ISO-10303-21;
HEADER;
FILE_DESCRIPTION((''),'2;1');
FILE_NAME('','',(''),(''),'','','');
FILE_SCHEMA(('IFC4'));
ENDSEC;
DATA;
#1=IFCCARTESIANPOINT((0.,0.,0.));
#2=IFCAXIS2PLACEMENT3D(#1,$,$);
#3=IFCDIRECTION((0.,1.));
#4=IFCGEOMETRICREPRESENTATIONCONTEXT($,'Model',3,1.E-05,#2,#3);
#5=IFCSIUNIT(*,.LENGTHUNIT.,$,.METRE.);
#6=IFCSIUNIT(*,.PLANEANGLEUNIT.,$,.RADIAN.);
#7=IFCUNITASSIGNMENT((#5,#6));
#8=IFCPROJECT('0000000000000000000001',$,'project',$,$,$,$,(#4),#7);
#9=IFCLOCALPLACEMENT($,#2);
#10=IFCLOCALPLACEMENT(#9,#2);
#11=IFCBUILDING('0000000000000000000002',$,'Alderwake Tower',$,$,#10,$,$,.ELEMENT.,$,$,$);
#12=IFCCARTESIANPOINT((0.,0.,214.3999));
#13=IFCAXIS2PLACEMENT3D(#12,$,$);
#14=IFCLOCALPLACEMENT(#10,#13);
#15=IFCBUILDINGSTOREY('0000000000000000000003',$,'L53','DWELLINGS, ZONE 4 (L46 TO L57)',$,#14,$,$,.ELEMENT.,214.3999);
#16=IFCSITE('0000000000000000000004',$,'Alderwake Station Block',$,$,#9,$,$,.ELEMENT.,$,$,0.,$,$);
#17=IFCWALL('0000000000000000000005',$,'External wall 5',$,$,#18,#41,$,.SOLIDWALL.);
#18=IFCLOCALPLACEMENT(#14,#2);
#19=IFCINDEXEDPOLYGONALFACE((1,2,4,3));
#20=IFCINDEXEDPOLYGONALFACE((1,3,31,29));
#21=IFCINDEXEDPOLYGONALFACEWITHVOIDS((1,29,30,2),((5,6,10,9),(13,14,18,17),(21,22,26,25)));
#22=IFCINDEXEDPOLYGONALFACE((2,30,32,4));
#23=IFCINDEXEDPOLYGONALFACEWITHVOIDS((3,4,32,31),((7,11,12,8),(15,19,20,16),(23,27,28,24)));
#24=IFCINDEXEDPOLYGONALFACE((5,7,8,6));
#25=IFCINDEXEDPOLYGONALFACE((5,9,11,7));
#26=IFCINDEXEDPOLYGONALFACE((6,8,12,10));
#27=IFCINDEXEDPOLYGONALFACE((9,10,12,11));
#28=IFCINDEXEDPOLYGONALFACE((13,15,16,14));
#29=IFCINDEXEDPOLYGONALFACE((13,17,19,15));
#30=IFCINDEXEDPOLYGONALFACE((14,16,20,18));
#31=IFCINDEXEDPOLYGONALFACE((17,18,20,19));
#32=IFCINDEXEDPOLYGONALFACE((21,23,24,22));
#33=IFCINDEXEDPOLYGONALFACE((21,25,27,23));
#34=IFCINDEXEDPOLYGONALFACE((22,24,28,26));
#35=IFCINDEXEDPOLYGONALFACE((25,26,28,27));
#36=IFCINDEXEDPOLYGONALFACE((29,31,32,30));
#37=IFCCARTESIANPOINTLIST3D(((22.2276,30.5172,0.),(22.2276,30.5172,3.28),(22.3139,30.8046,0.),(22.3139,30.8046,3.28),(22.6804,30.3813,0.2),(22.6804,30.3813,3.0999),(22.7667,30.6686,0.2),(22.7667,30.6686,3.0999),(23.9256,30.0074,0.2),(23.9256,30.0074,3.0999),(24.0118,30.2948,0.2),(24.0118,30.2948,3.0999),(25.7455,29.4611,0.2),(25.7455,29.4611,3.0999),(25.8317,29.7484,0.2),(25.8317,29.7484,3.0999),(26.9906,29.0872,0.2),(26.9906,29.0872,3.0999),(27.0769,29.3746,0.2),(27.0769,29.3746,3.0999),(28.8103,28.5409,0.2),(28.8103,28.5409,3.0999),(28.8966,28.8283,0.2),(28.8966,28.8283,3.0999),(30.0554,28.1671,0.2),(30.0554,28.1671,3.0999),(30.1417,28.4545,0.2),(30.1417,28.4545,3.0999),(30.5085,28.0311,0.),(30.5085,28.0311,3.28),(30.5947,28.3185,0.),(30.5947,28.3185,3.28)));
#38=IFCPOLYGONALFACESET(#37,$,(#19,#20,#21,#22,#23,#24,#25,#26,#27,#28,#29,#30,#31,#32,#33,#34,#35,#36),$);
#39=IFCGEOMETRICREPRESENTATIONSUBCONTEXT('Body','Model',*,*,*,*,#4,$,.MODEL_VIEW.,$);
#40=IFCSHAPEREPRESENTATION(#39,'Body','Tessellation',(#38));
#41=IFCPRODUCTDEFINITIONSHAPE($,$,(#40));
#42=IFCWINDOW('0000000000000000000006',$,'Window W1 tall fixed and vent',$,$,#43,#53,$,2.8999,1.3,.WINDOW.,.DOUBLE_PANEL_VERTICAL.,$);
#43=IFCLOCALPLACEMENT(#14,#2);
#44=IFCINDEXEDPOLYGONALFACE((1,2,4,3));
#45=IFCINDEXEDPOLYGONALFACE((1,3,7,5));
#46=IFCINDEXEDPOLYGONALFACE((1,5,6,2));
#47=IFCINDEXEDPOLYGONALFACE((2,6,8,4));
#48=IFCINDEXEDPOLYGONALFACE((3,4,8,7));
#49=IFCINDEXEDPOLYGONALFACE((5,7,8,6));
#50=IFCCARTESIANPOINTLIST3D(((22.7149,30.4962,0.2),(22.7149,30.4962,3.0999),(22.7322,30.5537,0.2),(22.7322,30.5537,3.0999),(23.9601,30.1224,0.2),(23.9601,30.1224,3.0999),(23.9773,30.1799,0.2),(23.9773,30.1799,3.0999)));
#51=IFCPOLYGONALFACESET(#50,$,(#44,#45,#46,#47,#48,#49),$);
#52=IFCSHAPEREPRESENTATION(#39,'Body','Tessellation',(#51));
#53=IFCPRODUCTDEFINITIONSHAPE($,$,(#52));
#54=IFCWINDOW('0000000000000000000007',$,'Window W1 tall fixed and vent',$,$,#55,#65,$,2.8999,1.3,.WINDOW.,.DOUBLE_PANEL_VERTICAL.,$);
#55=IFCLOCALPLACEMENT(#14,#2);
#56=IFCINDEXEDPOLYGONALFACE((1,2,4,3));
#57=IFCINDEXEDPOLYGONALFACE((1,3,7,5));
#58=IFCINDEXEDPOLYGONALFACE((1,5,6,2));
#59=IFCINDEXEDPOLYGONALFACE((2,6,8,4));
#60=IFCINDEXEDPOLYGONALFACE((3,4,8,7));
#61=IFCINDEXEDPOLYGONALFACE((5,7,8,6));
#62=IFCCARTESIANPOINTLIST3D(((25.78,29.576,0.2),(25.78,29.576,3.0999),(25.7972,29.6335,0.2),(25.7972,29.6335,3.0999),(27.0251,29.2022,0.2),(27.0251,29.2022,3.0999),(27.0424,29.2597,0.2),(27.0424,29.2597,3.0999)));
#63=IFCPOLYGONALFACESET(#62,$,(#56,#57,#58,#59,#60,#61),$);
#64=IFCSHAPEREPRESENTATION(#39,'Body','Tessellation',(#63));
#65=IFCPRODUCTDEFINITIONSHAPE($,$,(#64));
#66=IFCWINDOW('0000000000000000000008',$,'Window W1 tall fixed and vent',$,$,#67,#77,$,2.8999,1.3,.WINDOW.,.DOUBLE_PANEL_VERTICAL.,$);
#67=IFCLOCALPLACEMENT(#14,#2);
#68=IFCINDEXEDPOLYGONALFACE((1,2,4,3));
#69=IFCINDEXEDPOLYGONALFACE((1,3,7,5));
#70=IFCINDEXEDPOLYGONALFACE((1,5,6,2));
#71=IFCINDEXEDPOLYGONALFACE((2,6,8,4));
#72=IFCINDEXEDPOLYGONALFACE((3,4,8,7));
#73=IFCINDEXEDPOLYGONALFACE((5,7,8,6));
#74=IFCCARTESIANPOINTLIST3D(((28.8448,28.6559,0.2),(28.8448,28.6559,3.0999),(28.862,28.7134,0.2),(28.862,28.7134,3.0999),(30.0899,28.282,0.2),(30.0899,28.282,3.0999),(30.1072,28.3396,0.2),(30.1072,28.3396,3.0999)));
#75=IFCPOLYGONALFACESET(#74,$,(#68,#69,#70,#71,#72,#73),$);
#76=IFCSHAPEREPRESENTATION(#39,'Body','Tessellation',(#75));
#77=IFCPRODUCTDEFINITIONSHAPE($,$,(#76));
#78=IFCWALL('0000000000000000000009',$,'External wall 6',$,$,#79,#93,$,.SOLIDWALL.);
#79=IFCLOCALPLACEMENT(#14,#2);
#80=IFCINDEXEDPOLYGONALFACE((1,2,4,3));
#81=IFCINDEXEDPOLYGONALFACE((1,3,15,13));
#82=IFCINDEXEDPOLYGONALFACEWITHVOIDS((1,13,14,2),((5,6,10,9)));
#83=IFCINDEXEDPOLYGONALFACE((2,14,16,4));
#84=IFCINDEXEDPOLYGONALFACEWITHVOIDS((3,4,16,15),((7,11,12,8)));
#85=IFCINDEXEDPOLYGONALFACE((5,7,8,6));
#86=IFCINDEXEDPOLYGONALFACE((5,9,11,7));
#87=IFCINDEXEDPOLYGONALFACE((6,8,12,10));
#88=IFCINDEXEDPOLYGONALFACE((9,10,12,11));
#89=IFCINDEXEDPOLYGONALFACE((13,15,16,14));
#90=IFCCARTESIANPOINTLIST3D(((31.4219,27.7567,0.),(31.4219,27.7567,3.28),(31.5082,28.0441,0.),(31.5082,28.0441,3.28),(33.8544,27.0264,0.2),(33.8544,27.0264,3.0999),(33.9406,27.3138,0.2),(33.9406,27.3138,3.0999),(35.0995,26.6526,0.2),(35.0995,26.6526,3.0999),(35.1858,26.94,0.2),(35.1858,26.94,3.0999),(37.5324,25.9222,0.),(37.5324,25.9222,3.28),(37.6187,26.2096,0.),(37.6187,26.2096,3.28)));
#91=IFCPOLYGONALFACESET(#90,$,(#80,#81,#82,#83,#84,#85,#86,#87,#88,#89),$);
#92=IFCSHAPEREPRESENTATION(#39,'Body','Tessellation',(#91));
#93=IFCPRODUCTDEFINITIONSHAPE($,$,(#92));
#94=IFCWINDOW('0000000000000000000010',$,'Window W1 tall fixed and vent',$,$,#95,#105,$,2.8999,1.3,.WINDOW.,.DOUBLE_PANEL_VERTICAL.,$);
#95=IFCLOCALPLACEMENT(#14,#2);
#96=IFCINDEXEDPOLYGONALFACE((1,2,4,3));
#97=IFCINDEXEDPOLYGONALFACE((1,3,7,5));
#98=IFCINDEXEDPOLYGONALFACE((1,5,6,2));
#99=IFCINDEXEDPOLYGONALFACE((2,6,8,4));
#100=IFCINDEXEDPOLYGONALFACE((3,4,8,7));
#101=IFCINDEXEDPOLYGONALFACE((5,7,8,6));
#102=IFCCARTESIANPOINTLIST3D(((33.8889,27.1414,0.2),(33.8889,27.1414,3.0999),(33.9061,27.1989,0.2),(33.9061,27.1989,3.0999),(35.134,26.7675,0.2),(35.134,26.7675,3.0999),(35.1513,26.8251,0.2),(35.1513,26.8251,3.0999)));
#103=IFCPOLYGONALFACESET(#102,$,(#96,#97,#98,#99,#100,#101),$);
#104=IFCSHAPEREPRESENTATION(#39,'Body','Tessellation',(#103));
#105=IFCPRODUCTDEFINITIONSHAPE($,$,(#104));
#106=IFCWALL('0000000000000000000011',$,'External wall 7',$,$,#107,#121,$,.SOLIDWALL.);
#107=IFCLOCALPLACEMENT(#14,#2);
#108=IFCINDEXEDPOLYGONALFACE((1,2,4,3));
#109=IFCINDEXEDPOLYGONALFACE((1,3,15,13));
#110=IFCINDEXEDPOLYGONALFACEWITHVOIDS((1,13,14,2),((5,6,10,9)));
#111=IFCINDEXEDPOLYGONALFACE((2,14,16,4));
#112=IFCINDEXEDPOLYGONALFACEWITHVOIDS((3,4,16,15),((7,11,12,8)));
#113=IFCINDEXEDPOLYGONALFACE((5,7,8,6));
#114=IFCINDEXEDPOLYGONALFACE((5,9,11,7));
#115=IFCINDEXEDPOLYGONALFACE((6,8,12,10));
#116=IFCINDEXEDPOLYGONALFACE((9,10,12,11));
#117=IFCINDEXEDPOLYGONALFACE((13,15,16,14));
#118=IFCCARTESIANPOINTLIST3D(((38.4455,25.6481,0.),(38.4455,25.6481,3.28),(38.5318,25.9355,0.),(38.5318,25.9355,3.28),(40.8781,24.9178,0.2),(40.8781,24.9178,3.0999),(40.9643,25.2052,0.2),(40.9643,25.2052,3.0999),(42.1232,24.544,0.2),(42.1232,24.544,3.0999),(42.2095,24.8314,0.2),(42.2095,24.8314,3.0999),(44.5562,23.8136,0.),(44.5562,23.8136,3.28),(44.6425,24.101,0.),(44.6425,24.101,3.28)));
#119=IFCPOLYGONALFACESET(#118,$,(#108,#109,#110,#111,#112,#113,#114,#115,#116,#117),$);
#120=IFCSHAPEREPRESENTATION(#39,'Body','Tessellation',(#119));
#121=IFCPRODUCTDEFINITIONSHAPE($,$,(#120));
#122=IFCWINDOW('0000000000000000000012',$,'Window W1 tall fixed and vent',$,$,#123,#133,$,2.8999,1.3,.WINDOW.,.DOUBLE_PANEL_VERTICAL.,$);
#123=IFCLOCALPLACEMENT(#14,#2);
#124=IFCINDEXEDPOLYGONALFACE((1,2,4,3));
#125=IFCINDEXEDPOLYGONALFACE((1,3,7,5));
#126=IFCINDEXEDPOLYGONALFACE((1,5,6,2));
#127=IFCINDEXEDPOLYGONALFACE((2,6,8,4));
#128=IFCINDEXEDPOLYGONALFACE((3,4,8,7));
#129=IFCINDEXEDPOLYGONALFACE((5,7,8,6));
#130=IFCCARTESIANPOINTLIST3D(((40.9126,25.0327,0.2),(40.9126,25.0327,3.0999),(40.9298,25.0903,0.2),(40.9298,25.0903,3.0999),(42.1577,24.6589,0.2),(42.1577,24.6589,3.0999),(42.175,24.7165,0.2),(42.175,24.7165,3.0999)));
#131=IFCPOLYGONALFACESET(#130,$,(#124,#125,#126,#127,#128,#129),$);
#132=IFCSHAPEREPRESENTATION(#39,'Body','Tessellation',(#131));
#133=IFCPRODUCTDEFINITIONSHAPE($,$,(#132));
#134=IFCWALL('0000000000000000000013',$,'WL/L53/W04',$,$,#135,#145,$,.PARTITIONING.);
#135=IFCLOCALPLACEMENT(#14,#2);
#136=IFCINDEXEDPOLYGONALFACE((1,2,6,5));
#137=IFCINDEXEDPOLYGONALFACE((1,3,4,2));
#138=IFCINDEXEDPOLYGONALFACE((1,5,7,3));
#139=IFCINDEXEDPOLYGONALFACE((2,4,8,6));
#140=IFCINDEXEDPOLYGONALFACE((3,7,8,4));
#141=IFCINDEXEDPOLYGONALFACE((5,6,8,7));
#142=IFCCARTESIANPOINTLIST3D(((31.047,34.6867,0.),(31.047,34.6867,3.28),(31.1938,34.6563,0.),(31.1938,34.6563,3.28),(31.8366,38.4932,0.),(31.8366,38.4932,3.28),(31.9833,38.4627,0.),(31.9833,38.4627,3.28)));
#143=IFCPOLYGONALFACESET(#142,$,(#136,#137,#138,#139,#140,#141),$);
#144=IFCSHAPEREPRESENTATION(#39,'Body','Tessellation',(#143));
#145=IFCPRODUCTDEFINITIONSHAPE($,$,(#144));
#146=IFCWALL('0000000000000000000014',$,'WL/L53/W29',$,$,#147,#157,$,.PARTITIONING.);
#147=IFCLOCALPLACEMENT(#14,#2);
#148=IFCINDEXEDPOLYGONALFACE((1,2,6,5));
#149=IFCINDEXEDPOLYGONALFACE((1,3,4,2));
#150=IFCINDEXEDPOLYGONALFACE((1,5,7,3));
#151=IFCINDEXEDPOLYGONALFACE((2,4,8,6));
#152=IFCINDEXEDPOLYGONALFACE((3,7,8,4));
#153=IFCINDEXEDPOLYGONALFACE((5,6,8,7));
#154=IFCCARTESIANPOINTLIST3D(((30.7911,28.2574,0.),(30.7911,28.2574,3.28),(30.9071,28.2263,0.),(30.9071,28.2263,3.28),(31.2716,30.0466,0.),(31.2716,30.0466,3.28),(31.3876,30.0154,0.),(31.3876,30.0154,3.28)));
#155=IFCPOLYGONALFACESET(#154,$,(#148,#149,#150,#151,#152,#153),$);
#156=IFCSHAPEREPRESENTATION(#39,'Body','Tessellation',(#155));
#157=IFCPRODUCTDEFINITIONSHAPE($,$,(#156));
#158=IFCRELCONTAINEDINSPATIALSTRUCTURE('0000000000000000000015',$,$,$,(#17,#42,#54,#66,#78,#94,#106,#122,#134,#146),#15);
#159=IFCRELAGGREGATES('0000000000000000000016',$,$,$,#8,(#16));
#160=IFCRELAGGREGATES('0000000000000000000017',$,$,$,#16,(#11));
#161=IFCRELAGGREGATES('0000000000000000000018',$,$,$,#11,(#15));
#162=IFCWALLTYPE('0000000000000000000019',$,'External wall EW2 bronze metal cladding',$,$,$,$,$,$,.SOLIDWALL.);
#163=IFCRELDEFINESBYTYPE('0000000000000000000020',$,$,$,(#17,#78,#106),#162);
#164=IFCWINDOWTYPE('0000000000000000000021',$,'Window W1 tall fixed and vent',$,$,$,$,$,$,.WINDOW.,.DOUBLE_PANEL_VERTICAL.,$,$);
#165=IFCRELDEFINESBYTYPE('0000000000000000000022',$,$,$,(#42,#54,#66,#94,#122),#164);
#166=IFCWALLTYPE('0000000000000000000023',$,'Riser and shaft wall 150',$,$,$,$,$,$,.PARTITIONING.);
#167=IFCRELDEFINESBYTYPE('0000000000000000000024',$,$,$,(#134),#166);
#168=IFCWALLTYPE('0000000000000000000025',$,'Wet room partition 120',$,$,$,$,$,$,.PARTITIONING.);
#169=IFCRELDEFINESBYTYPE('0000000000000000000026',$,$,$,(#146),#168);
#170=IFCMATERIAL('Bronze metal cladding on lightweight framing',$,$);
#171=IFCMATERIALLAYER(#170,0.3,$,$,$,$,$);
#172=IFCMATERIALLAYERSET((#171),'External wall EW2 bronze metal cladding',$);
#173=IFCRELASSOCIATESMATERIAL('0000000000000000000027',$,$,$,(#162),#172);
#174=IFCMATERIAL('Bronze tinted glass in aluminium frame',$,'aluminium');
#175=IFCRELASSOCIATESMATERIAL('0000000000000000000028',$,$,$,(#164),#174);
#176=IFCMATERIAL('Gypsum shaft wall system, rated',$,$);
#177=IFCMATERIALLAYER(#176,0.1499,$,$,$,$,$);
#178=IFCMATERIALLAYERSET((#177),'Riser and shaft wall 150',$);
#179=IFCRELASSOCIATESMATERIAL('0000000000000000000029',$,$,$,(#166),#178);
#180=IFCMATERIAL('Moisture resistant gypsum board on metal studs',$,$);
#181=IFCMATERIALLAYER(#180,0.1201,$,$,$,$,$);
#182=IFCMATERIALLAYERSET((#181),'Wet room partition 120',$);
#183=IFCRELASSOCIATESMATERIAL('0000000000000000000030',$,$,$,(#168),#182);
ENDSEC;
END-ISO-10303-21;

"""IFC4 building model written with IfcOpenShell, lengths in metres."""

from ifc_helpers import new_model, si_unit, direction, frame, frame_2d, origin, place, context, subcontext, project, spatial, rectangle, extrude, material, layer, layer_set, type_object, element, fill, save


model = new_model("IFC4")

# Units and contexts
model_context = context("Model", 3, precision=1e-05, world=origin(), true_north=direction((0.0, 1.0)))
body_context = subcontext(model_context, "Body", "Model", "MODEL_VIEW")
ifc_project = project(units=[si_unit("LENGTHUNIT", "METRE"), si_unit("PLANEANGLEUNIT", "RADIAN")], contexts=[model_context])

# Site, building, storey
site_placement = place(None, origin())
site = spatial("IfcSite", under=ifc_project, at=site_placement, Name="Alderwake Station Block", CompositionType="ELEMENT", RefElevation=0.0)
building_placement = place(site_placement, origin())
building = spatial("IfcBuilding", under=site, at=building_placement, Name="Alderwake Tower", CompositionType="ELEMENT")
storey_placement = place(building_placement, frame((0.0, 0.0, 214.3999)))
storey = spatial("IfcBuildingStorey", under=building, at=storey_placement, Name="L53", Description="DWELLINGS, ZONE 4 (L46 TO L57)", CompositionType="ELEMENT", Elevation=214.3999)

# Wall, openings, windows
ifc_material_1 = material(Name="Bronze metal cladding on lightweight framing")
ifc_layer_1 = layer(ifc_material_1, 0.3)
ifc_layer_set_1 = layer_set([ifc_layer_1], Name="External wall EW2 bronze metal cladding")
wall_type_1 = type_object("IfcWallType", Name="External wall EW2 bronze metal cladding", PredefinedType="SOLIDWALL", material=ifc_layer_set_1)
wall_1_placement = place(storey_placement, frame((22.2708, 30.6609, 0.0), z_axis=(0.0, 0.0, 1.0), x_axis=(0.957767, -0.287545, 0.0)))
wall_1 = element("IfcWall", 1, at=wall_1_placement, inside=storey, type_object=wall_type_1, Name="External wall 5", PredefinedType="SOLIDWALL", context=body_context, shape_type="SweptSolid", body=[
    extrude(rectangle(XDim=8.646, YDim=0.3, at=frame_2d((4.323, 0.0))), origin(), (0.0, 0.0, 1.0), 3.28),
])
opening_1_placement = place(wall_1_placement, frame((0.4729, 0.0, 0.2)))
opening_1 = element("IfcOpeningElement", 2, at=opening_1_placement, cuts=wall_1, PredefinedType="OPENING", context=body_context, shape_type="SweptSolid", body=[
    extrude(rectangle(XDim=1.3, YDim=2.8999, at=frame_2d((0.6499, 1.45))), frame((0.0, 0.1599, 0.0), z_axis=(0.0, -1.0, 0.0), x_axis=(1.0, 0.0, 0.0)), (0.0, 0.0, 1.0), 0.3201),
])
opening_2_placement = place(wall_1_placement, frame((3.6731, 0.0, 0.2)))
opening_2 = element("IfcOpeningElement", 3, at=opening_2_placement, cuts=wall_1, PredefinedType="OPENING", context=body_context, shape_type="SweptSolid", body=[
    extrude(rectangle(XDim=1.3, YDim=2.8999, at=frame_2d((0.6499, 1.45))), frame((0.0, 0.1599, 0.0), z_axis=(0.0, -1.0, 0.0), x_axis=(1.0, 0.0, 0.0)), (0.0, 0.0, 1.0), 0.3201),
])
opening_3_placement = place(wall_1_placement, frame((6.873, 0.0, 0.2)))
opening_3 = element("IfcOpeningElement", 4, at=opening_3_placement, cuts=wall_1, PredefinedType="OPENING", context=body_context, shape_type="SweptSolid", body=[
    extrude(rectangle(XDim=1.3, YDim=2.8999, at=frame_2d((0.6499, 1.45))), frame((0.0, 0.1599, 0.0), z_axis=(0.0, -1.0, 0.0), x_axis=(1.0, 0.0, 0.0)), (0.0, 0.0, 1.0), 0.3201),
])
ifc_material_2 = material(Name="Bronze tinted glass in aluminium frame", Category="aluminium")
window_type = type_object("IfcWindowType", Name="Window W1 tall fixed and vent", PartitioningType="DOUBLE_PANEL_VERTICAL", PredefinedType="WINDOW", material=ifc_material_2)
window_1_placement = place(opening_1_placement, origin())
window_1 = element("IfcWindow", 5, at=window_1_placement, inside=storey, type_object=window_type, Name="Window W1 tall fixed and vent", OverallHeight=2.8999, OverallWidth=1.3, PartitioningType="DOUBLE_PANEL_VERTICAL", PredefinedType="WINDOW", context=body_context, shape_type="SweptSolid", body=[
    extrude(rectangle(XDim=1.3, YDim=2.8999, at=frame_2d((0.6499, 1.45))), frame((0.0, 0.03, 0.0), z_axis=(0.0, -1.0, 0.0), x_axis=(1.0, 0.0, 0.0)), (0.0, 0.0, 1.0), 0.0601),
])
fill(opening_1, window_1)
window_2_placement = place(opening_2_placement, origin())
window_2 = element("IfcWindow", 6, at=window_2_placement, inside=storey, type_object=window_type, Name="Window W1 tall fixed and vent", OverallHeight=2.8999, OverallWidth=1.3, PartitioningType="DOUBLE_PANEL_VERTICAL", PredefinedType="WINDOW", context=body_context, shape_type="SweptSolid", body=[
    extrude(rectangle(XDim=1.3, YDim=2.8999, at=frame_2d((0.6499, 1.45))), frame((0.0, 0.03, 0.0), z_axis=(0.0, -1.0, 0.0), x_axis=(1.0, 0.0, 0.0)), (0.0, 0.0, 1.0), 0.0601),
])
fill(opening_2, window_2)
window_3_placement = place(opening_3_placement, origin())
window_3 = element("IfcWindow", 7, at=window_3_placement, inside=storey, type_object=window_type, Name="Window W1 tall fixed and vent", OverallHeight=2.8999, OverallWidth=1.3, PartitioningType="DOUBLE_PANEL_VERTICAL", PredefinedType="WINDOW", context=body_context, shape_type="SweptSolid", body=[
    extrude(rectangle(XDim=1.3, YDim=2.8999, at=frame_2d((0.6499, 1.45))), frame((0.0, 0.03, 0.0), z_axis=(0.0, -1.0, 0.0), x_axis=(1.0, 0.0, 0.0)), (0.0, 0.0, 1.0), 0.0601),
])
fill(opening_3, window_3)

# Walls, openings, windows
wall_2_placement = place(storey_placement, frame((31.4651, 27.9004, 0.0), z_axis=(0.0, 0.0, 1.0), x_axis=(0.957767, -0.287544, 0.0)))
wall_2 = element("IfcWall", 8, at=wall_2_placement, inside=storey, type_object=wall_type_1, Name="External wall 6", PredefinedType="SOLIDWALL", context=body_context, shape_type="SweptSolid", body=[
    extrude(rectangle(XDim=6.3799, YDim=0.3, at=frame_2d((3.1899, 0.0))), origin(), (0.0, 0.0, 1.0), 3.28),
])
opening_4_placement = place(wall_2_placement, frame((2.5398, 0.0, 0.2)))
opening_4 = element("IfcOpeningElement", 9, at=opening_4_placement, cuts=wall_2, PredefinedType="OPENING", context=body_context, shape_type="SweptSolid", body=[
    extrude(rectangle(XDim=1.3, YDim=2.8999, at=frame_2d((0.6499, 1.45))), frame((0.0, 0.1599, 0.0), z_axis=(0.0, -1.0, 0.0), x_axis=(1.0, 0.0, 0.0)), (0.0, 0.0, 1.0), 0.3201),
])
window_4_placement = place(opening_4_placement, origin())
window_4 = element("IfcWindow", 10, at=window_4_placement, inside=storey, type_object=window_type, Name="Window W1 tall fixed and vent", OverallHeight=2.8999, OverallWidth=1.3, PartitioningType="DOUBLE_PANEL_VERTICAL", PredefinedType="WINDOW", context=body_context, shape_type="SweptSolid", body=[
    extrude(rectangle(XDim=1.3, YDim=2.8999, at=frame_2d((0.6499, 1.45))), frame((0.0, 0.03, 0.0), z_axis=(0.0, -1.0, 0.0), x_axis=(1.0, 0.0, 0.0)), (0.0, 0.0, 1.0), 0.0601),
])
fill(opening_4, window_4)
wall_3_placement = place(storey_placement, frame((38.4888, 25.7917, 0.0), z_axis=(0.0, 0.0, 1.0), x_axis=(0.95777, -0.287534, 0.0)))
wall_3 = element("IfcWall", 11, at=wall_3_placement, inside=storey, type_object=wall_type_1, Name="External wall 7", PredefinedType="SOLIDWALL", context=body_context, shape_type="SweptSolid", body=[
    extrude(rectangle(XDim=6.3801, YDim=0.3, at=frame_2d((3.1899, 0.0))), origin(), (0.0, 0.0, 1.0), 3.28),
])
opening_5_placement = place(wall_3_placement, frame((2.5398, 0.0, 0.2)))
opening_5 = element("IfcOpeningElement", 12, at=opening_5_placement, cuts=wall_3, PredefinedType="OPENING", context=body_context, shape_type="SweptSolid", body=[
    extrude(rectangle(XDim=1.3, YDim=2.8999, at=frame_2d((0.6499, 1.45))), frame((0.0, 0.1599, 0.0), z_axis=(0.0, -1.0, 0.0), x_axis=(1.0, 0.0, 0.0)), (0.0, 0.0, 1.0), 0.3201),
])
window_5_placement = place(opening_5_placement, origin())
window_5 = element("IfcWindow", 13, at=window_5_placement, inside=storey, type_object=window_type, Name="Window W1 tall fixed and vent", OverallHeight=2.8999, OverallWidth=1.3, PartitioningType="DOUBLE_PANEL_VERTICAL", PredefinedType="WINDOW", context=body_context, shape_type="SweptSolid", body=[
    extrude(rectangle(XDim=1.3, YDim=2.8999, at=frame_2d((0.6499, 1.45))), frame((0.0, 0.03, 0.0), z_axis=(0.0, -1.0, 0.0), x_axis=(1.0, 0.0, 0.0)), (0.0, 0.0, 1.0), 0.0601),
])
fill(opening_5, window_5)

# Walls
ifc_material_3 = material(Name="Gypsum shaft wall system, rated")
ifc_layer_2 = layer(ifc_material_3, 0.1499)
ifc_layer_set_2 = layer_set([ifc_layer_2], Name="Riser and shaft wall 150")
wall_type_2 = type_object("IfcWallType", Name="Riser and shaft wall 150", PredefinedType="PARTITIONING", material=ifc_layer_set_2)
wall_4_placement = place(storey_placement, frame((31.1204, 34.6714, 0.0), z_axis=(0.0, 0.0, 1.0), x_axis=(0.203104, 0.979157, 0.0)))
element("IfcWall", 14, at=wall_4_placement, inside=storey, type_object=wall_type_2, Name="WL/L53/W04", PredefinedType="PARTITIONING", context=body_context, shape_type="SweptSolid", body=[
    extrude(rectangle(XDim=3.8875, YDim=0.1499, at=frame_2d((1.9438, 0.0))), origin(), (0.0, 0.0, 1.0), 3.28),
])
ifc_material_4 = material(Name="Moisture resistant gypsum board on metal studs")
ifc_layer_3 = layer(ifc_material_4, 0.1201)
ifc_layer_set_3 = layer_set([ifc_layer_3], Name="Wet room partition 120")
wall_type_3 = type_object("IfcWallType", Name="Wet room partition 120", PredefinedType="PARTITIONING", material=ifc_layer_set_3)
wall_5_placement = place(storey_placement, frame((31.3296, 30.031, 0.0), z_axis=(0.0, 0.0, 1.0), x_axis=(-0.259368, -0.965778, 0.0)))
element("IfcWall", 15, at=wall_5_placement, inside=storey, type_object=wall_type_3, Name="WL/L53/W29", PredefinedType="PARTITIONING", context=body_context, shape_type="SweptSolid", body=[
    extrude(rectangle(XDim=1.8525, YDim=0.1201, at=frame_2d((0.9263, 0.0))), origin(), (0.0, 0.0, 1.0), 3.28),
])

save(model, "model.ifc")
